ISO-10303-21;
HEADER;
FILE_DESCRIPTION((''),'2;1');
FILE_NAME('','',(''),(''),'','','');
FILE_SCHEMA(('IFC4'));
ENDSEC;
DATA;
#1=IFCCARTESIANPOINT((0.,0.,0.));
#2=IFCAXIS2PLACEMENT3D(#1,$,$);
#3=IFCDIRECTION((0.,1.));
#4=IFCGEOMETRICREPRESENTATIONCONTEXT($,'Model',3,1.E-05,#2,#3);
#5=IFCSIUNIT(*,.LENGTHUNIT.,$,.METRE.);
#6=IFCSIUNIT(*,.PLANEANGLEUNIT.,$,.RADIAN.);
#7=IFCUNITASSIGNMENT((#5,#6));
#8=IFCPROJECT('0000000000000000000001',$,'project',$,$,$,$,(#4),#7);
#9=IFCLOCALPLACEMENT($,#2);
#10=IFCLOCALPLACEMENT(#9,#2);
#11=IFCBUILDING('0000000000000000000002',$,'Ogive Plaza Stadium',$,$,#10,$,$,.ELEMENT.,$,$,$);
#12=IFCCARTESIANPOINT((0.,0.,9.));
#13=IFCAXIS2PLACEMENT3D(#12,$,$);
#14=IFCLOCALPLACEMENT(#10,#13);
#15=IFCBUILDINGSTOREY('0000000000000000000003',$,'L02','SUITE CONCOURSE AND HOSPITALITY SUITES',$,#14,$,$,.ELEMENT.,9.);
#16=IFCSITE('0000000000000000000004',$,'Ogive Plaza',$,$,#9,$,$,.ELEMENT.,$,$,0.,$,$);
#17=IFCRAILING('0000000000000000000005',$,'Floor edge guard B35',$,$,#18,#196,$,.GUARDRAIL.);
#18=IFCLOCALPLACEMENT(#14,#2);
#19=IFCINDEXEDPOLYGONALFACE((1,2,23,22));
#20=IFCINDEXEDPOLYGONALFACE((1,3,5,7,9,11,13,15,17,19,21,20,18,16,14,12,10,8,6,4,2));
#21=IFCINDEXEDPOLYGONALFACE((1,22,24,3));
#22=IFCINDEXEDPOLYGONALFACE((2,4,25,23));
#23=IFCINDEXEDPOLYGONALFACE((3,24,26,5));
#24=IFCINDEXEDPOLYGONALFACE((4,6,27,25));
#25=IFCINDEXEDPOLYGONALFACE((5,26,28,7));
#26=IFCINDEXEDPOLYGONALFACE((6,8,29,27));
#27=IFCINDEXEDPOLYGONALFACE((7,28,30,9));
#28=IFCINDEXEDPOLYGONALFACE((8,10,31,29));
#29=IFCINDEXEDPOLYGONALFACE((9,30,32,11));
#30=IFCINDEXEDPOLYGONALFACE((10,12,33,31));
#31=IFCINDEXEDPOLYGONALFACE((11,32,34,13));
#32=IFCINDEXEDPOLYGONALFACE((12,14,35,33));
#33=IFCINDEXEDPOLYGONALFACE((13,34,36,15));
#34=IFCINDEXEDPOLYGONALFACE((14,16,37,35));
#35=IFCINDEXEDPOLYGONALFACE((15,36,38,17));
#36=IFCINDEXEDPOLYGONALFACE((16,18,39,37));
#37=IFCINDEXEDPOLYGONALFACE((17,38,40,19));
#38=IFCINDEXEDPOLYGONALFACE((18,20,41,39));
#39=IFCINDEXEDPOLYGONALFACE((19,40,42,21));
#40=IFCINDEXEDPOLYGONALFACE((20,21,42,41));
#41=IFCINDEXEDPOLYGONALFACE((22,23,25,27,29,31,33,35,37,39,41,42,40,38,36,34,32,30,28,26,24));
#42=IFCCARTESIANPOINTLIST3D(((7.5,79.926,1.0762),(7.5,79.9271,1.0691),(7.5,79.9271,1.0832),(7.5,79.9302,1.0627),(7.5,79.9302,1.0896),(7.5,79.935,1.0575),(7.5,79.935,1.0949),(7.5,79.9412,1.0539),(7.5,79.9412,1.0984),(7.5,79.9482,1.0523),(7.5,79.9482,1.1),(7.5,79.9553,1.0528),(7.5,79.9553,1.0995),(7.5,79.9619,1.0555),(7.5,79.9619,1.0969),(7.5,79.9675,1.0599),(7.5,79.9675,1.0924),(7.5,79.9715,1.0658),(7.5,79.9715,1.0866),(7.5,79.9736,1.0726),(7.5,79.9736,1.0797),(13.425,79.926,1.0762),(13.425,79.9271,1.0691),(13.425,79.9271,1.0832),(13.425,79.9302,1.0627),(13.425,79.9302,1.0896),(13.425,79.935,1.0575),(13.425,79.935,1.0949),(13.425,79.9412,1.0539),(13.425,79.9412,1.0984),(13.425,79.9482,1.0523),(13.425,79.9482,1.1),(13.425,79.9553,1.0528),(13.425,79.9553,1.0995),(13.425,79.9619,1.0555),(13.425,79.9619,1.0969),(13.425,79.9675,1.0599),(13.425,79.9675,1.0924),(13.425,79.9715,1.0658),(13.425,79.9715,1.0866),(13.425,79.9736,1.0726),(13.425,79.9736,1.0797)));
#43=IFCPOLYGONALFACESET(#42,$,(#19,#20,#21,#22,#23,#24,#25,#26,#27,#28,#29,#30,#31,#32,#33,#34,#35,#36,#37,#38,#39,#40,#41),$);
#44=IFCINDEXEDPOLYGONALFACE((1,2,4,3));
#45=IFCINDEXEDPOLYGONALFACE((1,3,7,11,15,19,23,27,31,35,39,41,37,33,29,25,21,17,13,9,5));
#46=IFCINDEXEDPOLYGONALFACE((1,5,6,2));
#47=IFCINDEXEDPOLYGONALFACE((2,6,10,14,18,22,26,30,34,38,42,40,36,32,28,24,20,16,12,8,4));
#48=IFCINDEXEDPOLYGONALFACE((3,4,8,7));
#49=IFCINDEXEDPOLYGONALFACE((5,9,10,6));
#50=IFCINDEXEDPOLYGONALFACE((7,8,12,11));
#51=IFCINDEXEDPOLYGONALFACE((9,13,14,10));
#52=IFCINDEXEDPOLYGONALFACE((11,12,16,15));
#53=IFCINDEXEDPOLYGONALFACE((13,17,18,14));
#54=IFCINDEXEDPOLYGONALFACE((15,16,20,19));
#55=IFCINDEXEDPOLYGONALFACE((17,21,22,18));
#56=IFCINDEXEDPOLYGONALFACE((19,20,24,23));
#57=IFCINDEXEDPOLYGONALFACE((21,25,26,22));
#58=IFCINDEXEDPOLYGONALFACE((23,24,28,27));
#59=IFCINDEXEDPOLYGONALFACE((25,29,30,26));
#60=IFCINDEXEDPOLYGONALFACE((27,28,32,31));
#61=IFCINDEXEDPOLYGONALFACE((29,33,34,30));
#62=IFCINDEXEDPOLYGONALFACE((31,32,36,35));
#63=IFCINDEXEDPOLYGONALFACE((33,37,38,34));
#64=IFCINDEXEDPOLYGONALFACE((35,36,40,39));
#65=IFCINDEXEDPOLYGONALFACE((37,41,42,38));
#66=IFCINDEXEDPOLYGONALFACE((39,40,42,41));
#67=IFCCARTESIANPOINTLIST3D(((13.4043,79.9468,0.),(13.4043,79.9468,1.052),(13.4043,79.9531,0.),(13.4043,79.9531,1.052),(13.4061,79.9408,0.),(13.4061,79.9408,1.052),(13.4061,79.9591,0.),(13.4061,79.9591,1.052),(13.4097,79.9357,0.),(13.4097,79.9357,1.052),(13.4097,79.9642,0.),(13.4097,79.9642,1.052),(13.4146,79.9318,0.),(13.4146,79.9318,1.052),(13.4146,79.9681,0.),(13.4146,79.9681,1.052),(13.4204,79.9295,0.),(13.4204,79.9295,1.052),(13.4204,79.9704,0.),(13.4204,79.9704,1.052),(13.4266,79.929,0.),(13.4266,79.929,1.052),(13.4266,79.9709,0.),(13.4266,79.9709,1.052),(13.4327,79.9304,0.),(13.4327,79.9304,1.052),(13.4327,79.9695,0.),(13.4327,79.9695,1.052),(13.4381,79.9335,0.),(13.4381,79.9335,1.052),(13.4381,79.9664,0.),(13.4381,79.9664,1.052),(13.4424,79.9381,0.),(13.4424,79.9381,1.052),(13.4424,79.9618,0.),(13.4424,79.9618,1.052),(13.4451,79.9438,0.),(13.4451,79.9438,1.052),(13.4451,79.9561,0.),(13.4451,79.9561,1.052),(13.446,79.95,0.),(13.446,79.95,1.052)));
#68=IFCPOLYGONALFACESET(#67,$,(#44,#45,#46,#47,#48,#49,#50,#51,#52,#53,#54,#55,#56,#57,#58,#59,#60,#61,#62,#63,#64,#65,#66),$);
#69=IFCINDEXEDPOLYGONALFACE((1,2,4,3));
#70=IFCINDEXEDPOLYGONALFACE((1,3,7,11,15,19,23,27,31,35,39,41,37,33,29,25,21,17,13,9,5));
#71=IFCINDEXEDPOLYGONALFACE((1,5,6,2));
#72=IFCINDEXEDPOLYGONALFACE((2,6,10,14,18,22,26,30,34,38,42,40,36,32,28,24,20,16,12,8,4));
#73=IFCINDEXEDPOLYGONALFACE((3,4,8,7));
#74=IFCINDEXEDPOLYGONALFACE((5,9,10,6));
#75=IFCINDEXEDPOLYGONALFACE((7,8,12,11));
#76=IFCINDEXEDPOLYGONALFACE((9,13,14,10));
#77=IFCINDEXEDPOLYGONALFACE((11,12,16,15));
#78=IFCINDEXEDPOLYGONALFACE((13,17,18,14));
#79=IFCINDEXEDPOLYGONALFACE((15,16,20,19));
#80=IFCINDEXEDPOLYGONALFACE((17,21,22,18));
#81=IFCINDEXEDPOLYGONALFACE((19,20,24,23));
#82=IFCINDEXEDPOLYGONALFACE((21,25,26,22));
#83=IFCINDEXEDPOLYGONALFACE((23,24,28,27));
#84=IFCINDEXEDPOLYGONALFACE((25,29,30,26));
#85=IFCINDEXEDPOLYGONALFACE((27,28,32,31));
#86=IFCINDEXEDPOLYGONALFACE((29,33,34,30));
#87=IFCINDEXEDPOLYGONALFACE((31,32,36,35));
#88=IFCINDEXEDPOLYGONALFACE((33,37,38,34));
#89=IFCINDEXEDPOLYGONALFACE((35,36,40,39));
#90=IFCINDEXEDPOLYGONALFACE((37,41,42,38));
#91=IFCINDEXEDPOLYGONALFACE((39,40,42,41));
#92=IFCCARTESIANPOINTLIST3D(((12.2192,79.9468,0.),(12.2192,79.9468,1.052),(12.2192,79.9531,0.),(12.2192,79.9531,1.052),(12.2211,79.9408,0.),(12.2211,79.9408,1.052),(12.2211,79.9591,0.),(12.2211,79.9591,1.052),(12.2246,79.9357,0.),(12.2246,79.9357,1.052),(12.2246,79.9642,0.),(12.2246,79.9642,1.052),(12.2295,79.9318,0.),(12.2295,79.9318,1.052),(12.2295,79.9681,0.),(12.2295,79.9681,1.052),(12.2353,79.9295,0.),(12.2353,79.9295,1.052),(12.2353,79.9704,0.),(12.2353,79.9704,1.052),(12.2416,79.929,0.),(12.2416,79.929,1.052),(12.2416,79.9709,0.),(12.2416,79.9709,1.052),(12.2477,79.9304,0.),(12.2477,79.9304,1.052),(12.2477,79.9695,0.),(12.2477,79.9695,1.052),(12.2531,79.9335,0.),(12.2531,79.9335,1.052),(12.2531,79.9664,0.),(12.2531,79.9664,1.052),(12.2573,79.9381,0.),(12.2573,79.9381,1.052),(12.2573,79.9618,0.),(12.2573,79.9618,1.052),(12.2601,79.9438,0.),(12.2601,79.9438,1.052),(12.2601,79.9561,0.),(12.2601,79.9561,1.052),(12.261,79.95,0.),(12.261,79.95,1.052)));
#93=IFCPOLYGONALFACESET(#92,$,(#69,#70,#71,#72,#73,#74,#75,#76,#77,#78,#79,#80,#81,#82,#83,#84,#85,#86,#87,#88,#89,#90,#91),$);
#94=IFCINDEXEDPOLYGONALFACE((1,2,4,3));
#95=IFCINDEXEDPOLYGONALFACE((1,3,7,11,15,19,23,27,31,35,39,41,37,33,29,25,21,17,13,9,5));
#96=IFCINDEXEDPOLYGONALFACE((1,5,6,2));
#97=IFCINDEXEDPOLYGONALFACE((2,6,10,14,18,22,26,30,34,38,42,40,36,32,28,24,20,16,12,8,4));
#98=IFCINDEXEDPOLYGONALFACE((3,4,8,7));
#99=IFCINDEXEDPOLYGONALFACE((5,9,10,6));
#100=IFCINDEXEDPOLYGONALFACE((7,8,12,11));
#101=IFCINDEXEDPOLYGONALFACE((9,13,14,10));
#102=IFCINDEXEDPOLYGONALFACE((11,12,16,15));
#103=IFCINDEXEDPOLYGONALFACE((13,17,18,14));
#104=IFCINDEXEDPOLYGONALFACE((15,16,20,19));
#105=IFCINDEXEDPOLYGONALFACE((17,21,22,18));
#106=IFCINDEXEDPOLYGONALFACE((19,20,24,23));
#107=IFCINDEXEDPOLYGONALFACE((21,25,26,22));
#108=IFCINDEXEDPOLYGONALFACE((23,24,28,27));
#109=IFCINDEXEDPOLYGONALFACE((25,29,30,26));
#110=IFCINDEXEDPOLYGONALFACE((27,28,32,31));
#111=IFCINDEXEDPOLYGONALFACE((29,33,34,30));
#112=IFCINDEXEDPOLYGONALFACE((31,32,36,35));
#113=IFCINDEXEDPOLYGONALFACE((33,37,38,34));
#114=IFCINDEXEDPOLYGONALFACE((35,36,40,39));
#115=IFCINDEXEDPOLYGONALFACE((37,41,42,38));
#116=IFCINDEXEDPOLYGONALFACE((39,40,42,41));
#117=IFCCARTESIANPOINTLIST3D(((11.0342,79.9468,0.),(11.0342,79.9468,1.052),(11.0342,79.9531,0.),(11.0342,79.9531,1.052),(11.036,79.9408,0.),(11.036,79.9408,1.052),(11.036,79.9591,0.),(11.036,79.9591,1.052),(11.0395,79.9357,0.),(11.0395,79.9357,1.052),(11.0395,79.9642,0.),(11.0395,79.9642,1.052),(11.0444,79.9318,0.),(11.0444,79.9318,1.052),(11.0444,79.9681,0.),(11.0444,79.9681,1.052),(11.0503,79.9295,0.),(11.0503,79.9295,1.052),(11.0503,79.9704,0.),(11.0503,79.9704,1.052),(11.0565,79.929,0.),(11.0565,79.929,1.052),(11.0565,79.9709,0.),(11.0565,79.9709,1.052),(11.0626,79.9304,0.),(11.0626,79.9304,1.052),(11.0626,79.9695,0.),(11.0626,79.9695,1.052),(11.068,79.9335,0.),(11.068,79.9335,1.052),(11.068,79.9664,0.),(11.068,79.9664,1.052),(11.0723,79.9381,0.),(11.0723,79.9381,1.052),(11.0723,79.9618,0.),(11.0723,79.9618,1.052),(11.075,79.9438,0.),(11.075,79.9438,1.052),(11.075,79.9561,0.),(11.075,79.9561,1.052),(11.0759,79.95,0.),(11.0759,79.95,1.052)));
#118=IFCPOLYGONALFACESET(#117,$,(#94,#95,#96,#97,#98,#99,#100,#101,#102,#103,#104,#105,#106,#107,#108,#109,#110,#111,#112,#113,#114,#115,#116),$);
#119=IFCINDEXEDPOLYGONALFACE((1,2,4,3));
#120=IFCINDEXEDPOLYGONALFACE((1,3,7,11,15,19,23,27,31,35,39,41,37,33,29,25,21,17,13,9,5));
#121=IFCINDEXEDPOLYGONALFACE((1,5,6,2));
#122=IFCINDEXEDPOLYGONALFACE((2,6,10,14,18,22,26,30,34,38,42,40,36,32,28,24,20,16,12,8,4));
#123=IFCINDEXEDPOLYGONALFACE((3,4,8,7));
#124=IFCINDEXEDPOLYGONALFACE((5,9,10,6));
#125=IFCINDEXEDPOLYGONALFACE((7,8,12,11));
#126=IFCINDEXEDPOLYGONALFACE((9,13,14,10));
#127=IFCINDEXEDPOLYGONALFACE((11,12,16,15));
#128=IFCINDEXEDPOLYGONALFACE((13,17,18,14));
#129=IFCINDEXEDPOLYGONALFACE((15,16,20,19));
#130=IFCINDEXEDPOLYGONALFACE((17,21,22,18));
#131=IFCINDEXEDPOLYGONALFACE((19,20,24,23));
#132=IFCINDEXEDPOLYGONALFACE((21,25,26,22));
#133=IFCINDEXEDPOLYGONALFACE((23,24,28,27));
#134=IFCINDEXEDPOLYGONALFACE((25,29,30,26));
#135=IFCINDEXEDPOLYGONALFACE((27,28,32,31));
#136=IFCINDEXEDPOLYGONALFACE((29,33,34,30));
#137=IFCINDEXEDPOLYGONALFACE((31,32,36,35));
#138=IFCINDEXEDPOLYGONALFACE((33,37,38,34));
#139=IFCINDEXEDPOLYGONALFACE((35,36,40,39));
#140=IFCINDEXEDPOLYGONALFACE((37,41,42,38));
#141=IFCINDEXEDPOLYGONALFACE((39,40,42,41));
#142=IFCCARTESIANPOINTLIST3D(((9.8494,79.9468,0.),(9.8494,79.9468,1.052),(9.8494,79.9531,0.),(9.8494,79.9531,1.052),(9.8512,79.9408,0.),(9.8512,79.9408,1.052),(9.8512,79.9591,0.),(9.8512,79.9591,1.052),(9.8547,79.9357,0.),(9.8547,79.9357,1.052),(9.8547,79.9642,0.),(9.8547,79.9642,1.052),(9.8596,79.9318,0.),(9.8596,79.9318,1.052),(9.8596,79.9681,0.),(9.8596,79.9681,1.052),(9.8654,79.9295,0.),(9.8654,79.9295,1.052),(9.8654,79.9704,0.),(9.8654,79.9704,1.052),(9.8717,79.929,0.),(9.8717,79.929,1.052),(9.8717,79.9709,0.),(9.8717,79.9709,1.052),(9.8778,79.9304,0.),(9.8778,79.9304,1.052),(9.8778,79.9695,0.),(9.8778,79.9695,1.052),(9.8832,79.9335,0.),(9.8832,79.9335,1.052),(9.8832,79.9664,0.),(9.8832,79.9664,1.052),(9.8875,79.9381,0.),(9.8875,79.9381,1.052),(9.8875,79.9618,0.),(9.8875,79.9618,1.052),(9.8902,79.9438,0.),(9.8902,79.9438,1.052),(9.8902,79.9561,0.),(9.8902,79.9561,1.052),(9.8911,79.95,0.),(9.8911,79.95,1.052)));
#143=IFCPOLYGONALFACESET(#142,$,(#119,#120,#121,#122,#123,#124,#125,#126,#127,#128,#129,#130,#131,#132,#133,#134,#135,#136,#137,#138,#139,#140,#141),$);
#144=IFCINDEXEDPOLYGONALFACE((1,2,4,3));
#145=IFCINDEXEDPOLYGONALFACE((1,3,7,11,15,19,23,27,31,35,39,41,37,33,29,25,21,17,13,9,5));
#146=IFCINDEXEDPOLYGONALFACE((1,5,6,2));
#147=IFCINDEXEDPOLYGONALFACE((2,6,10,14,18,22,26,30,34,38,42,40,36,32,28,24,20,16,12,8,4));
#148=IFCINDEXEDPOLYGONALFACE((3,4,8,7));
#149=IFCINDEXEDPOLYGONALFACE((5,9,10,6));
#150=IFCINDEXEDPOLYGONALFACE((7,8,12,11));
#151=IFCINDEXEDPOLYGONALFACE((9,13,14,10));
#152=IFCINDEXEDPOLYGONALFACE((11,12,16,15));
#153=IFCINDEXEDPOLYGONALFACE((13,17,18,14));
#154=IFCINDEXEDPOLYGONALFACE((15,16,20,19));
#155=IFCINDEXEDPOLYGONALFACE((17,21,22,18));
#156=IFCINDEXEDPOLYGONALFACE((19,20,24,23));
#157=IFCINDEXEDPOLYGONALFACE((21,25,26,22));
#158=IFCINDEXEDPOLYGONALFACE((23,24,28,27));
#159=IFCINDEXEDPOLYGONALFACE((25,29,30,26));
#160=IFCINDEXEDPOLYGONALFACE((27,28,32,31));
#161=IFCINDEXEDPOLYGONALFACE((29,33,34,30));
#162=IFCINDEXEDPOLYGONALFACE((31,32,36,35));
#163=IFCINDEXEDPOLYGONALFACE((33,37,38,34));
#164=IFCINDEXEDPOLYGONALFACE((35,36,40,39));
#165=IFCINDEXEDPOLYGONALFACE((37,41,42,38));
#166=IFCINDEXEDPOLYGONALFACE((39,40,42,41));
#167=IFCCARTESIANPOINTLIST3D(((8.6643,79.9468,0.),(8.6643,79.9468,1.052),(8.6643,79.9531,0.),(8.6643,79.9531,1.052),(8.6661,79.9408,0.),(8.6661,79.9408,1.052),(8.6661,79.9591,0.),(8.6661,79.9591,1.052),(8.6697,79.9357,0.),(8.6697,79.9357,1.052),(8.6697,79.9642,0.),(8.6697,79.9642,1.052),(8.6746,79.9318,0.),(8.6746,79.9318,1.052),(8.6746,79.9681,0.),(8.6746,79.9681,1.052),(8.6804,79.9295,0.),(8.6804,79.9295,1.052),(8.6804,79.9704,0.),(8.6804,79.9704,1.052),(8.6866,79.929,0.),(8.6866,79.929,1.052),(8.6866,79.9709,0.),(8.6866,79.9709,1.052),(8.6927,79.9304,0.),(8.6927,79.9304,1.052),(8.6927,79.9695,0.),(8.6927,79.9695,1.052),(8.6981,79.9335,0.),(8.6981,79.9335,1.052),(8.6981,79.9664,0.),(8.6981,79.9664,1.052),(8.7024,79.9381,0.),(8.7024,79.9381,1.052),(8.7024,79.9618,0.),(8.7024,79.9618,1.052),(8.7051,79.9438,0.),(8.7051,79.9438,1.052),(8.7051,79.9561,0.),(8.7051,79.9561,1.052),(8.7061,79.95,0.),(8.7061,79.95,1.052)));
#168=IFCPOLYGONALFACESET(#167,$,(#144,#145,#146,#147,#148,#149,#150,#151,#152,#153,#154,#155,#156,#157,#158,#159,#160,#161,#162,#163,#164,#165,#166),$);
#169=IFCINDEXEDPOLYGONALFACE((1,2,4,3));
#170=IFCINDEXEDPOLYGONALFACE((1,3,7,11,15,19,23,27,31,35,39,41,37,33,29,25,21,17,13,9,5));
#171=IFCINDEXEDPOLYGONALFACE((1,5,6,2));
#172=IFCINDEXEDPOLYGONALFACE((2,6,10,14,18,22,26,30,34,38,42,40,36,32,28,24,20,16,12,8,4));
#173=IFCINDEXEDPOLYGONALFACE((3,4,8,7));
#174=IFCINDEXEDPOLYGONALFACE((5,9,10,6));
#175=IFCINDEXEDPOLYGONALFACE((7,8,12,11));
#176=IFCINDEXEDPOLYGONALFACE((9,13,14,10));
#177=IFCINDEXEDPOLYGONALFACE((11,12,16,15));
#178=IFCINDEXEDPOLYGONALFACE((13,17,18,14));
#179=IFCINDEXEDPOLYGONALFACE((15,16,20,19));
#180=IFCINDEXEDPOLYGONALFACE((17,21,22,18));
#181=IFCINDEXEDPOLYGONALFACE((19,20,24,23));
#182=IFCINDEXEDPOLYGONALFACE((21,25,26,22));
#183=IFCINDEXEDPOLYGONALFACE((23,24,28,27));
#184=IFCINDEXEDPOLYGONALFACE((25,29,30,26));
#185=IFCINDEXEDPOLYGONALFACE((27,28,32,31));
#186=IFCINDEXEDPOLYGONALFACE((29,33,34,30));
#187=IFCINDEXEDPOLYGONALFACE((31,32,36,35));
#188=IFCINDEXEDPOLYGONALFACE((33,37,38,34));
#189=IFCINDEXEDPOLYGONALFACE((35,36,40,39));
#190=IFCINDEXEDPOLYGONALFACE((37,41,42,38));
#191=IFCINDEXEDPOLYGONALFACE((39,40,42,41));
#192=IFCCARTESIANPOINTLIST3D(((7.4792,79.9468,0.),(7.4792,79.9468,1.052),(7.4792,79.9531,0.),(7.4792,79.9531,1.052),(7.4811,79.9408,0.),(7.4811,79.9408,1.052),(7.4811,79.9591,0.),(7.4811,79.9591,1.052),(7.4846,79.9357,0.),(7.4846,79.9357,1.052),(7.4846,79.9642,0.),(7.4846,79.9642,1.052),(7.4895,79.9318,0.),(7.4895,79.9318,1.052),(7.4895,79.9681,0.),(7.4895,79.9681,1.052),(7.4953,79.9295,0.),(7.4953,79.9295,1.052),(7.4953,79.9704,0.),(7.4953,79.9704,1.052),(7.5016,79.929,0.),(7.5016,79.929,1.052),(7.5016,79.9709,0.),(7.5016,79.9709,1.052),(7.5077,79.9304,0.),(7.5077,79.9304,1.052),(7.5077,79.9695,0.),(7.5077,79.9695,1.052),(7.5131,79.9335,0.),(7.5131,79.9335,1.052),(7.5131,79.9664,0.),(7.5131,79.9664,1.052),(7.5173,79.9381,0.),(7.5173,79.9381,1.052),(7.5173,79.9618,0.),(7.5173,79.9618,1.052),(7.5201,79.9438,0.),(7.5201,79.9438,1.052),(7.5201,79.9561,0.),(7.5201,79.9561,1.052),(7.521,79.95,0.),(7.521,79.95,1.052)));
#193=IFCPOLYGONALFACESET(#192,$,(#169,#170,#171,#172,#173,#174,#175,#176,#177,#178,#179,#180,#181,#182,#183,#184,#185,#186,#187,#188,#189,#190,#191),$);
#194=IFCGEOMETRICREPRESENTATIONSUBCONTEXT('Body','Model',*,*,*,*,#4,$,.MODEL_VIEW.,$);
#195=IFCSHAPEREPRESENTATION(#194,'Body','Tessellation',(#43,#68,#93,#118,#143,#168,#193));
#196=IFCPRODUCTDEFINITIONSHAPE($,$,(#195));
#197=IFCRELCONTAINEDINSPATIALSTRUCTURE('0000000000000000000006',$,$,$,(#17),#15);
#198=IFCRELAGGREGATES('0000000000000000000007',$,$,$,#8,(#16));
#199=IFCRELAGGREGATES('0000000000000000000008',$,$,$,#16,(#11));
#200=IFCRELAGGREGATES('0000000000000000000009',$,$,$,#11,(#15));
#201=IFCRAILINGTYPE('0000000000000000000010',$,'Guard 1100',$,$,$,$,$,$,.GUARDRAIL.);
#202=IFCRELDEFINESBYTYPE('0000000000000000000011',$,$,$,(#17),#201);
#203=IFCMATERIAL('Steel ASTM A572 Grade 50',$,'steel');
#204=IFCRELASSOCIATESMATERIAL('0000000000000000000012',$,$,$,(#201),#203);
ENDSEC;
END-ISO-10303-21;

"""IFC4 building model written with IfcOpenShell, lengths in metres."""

from ifc_helpers import new_model, si_unit, direction, frame, origin, origin_2d, place, context, subcontext, project, spatial, circle, extrude, material, type_object, element, save


model = new_model("IFC4")

# Units and contexts
model_context = context("Model", 3, precision=1e-05, world=origin(), true_north=direction((0.0, 1.0)))
body_context = subcontext(model_context, "Body", "Model", "MODEL_VIEW")
ifc_project = project(units=[si_unit("LENGTHUNIT", "METRE"), si_unit("PLANEANGLEUNIT", "RADIAN")], contexts=[model_context])

# Site, building, storey
site_placement = place(None, origin())
site = spatial("IfcSite", under=ifc_project, at=site_placement, Name="Ogive Plaza", CompositionType="ELEMENT", RefElevation=0.0)
building_placement = place(site_placement, origin())
building = spatial("IfcBuilding", under=site, at=building_placement, Name="Ogive Plaza Stadium", CompositionType="ELEMENT")
storey_placement = place(building_placement, frame((0.0, 0.0, 9.0)))
storey = spatial("IfcBuildingStorey", under=building, at=storey_placement, Name="L02", Description="SUITE CONCOURSE AND HOSPITALITY SUITES", CompositionType="ELEMENT", Elevation=9.0)

# Railing
ifc_material_1 = material(Name="Steel ASTM A572 Grade 50", Category="steel")
railing_type_1 = type_object("IfcRailingType", Name="Guard 1100", PredefinedType="GUARDRAIL", material=ifc_material_1)
railing_1_placement = place(storey_placement, frame((13.425, 79.95, 0.0)))
element("IfcRailing", 1, at=railing_1_placement, inside=storey, type_object=railing_type_1, Name="Floor edge guard B35", PredefinedType="GUARDRAIL", context=body_context, shape_type="SweptSolid", body=[
    extrude(circle(Radius=0.0239, at=origin_2d()), frame((0.0, 0.0, 1.0762), z_axis=(-1.0, 0.0, 0.0), x_axis=(0.0, -1.0, 0.0)), (0.0, 0.0, 1.0), 5.925),
    extrude(circle(Radius=0.021, at=origin_2d()), origin(), (0.0, 0.0, 1.0), 1.052),
    extrude(circle(Radius=0.021, at=origin_2d()), frame((-1.1851, 0.0, 0.0)), (0.0, 0.0, 1.0), 1.052),
    extrude(circle(Radius=0.021, at=origin_2d()), frame((-2.3701, 0.0, 0.0)), (0.0, 0.0, 1.0), 1.052),
    extrude(circle(Radius=0.021, at=origin_2d()), frame((-3.5549, 0.0, 0.0)), (0.0, 0.0, 1.0), 1.052),
    extrude(circle(Radius=0.021, at=origin_2d()), frame((-4.74, 0.0, 0.0)), (0.0, 0.0, 1.0), 1.052),
    extrude(circle(Radius=0.021, at=origin_2d()), frame((-5.925, 0.0, 0.0)), (0.0, 0.0, 1.0), 1.052),
])

save(model, "model.ifc")
